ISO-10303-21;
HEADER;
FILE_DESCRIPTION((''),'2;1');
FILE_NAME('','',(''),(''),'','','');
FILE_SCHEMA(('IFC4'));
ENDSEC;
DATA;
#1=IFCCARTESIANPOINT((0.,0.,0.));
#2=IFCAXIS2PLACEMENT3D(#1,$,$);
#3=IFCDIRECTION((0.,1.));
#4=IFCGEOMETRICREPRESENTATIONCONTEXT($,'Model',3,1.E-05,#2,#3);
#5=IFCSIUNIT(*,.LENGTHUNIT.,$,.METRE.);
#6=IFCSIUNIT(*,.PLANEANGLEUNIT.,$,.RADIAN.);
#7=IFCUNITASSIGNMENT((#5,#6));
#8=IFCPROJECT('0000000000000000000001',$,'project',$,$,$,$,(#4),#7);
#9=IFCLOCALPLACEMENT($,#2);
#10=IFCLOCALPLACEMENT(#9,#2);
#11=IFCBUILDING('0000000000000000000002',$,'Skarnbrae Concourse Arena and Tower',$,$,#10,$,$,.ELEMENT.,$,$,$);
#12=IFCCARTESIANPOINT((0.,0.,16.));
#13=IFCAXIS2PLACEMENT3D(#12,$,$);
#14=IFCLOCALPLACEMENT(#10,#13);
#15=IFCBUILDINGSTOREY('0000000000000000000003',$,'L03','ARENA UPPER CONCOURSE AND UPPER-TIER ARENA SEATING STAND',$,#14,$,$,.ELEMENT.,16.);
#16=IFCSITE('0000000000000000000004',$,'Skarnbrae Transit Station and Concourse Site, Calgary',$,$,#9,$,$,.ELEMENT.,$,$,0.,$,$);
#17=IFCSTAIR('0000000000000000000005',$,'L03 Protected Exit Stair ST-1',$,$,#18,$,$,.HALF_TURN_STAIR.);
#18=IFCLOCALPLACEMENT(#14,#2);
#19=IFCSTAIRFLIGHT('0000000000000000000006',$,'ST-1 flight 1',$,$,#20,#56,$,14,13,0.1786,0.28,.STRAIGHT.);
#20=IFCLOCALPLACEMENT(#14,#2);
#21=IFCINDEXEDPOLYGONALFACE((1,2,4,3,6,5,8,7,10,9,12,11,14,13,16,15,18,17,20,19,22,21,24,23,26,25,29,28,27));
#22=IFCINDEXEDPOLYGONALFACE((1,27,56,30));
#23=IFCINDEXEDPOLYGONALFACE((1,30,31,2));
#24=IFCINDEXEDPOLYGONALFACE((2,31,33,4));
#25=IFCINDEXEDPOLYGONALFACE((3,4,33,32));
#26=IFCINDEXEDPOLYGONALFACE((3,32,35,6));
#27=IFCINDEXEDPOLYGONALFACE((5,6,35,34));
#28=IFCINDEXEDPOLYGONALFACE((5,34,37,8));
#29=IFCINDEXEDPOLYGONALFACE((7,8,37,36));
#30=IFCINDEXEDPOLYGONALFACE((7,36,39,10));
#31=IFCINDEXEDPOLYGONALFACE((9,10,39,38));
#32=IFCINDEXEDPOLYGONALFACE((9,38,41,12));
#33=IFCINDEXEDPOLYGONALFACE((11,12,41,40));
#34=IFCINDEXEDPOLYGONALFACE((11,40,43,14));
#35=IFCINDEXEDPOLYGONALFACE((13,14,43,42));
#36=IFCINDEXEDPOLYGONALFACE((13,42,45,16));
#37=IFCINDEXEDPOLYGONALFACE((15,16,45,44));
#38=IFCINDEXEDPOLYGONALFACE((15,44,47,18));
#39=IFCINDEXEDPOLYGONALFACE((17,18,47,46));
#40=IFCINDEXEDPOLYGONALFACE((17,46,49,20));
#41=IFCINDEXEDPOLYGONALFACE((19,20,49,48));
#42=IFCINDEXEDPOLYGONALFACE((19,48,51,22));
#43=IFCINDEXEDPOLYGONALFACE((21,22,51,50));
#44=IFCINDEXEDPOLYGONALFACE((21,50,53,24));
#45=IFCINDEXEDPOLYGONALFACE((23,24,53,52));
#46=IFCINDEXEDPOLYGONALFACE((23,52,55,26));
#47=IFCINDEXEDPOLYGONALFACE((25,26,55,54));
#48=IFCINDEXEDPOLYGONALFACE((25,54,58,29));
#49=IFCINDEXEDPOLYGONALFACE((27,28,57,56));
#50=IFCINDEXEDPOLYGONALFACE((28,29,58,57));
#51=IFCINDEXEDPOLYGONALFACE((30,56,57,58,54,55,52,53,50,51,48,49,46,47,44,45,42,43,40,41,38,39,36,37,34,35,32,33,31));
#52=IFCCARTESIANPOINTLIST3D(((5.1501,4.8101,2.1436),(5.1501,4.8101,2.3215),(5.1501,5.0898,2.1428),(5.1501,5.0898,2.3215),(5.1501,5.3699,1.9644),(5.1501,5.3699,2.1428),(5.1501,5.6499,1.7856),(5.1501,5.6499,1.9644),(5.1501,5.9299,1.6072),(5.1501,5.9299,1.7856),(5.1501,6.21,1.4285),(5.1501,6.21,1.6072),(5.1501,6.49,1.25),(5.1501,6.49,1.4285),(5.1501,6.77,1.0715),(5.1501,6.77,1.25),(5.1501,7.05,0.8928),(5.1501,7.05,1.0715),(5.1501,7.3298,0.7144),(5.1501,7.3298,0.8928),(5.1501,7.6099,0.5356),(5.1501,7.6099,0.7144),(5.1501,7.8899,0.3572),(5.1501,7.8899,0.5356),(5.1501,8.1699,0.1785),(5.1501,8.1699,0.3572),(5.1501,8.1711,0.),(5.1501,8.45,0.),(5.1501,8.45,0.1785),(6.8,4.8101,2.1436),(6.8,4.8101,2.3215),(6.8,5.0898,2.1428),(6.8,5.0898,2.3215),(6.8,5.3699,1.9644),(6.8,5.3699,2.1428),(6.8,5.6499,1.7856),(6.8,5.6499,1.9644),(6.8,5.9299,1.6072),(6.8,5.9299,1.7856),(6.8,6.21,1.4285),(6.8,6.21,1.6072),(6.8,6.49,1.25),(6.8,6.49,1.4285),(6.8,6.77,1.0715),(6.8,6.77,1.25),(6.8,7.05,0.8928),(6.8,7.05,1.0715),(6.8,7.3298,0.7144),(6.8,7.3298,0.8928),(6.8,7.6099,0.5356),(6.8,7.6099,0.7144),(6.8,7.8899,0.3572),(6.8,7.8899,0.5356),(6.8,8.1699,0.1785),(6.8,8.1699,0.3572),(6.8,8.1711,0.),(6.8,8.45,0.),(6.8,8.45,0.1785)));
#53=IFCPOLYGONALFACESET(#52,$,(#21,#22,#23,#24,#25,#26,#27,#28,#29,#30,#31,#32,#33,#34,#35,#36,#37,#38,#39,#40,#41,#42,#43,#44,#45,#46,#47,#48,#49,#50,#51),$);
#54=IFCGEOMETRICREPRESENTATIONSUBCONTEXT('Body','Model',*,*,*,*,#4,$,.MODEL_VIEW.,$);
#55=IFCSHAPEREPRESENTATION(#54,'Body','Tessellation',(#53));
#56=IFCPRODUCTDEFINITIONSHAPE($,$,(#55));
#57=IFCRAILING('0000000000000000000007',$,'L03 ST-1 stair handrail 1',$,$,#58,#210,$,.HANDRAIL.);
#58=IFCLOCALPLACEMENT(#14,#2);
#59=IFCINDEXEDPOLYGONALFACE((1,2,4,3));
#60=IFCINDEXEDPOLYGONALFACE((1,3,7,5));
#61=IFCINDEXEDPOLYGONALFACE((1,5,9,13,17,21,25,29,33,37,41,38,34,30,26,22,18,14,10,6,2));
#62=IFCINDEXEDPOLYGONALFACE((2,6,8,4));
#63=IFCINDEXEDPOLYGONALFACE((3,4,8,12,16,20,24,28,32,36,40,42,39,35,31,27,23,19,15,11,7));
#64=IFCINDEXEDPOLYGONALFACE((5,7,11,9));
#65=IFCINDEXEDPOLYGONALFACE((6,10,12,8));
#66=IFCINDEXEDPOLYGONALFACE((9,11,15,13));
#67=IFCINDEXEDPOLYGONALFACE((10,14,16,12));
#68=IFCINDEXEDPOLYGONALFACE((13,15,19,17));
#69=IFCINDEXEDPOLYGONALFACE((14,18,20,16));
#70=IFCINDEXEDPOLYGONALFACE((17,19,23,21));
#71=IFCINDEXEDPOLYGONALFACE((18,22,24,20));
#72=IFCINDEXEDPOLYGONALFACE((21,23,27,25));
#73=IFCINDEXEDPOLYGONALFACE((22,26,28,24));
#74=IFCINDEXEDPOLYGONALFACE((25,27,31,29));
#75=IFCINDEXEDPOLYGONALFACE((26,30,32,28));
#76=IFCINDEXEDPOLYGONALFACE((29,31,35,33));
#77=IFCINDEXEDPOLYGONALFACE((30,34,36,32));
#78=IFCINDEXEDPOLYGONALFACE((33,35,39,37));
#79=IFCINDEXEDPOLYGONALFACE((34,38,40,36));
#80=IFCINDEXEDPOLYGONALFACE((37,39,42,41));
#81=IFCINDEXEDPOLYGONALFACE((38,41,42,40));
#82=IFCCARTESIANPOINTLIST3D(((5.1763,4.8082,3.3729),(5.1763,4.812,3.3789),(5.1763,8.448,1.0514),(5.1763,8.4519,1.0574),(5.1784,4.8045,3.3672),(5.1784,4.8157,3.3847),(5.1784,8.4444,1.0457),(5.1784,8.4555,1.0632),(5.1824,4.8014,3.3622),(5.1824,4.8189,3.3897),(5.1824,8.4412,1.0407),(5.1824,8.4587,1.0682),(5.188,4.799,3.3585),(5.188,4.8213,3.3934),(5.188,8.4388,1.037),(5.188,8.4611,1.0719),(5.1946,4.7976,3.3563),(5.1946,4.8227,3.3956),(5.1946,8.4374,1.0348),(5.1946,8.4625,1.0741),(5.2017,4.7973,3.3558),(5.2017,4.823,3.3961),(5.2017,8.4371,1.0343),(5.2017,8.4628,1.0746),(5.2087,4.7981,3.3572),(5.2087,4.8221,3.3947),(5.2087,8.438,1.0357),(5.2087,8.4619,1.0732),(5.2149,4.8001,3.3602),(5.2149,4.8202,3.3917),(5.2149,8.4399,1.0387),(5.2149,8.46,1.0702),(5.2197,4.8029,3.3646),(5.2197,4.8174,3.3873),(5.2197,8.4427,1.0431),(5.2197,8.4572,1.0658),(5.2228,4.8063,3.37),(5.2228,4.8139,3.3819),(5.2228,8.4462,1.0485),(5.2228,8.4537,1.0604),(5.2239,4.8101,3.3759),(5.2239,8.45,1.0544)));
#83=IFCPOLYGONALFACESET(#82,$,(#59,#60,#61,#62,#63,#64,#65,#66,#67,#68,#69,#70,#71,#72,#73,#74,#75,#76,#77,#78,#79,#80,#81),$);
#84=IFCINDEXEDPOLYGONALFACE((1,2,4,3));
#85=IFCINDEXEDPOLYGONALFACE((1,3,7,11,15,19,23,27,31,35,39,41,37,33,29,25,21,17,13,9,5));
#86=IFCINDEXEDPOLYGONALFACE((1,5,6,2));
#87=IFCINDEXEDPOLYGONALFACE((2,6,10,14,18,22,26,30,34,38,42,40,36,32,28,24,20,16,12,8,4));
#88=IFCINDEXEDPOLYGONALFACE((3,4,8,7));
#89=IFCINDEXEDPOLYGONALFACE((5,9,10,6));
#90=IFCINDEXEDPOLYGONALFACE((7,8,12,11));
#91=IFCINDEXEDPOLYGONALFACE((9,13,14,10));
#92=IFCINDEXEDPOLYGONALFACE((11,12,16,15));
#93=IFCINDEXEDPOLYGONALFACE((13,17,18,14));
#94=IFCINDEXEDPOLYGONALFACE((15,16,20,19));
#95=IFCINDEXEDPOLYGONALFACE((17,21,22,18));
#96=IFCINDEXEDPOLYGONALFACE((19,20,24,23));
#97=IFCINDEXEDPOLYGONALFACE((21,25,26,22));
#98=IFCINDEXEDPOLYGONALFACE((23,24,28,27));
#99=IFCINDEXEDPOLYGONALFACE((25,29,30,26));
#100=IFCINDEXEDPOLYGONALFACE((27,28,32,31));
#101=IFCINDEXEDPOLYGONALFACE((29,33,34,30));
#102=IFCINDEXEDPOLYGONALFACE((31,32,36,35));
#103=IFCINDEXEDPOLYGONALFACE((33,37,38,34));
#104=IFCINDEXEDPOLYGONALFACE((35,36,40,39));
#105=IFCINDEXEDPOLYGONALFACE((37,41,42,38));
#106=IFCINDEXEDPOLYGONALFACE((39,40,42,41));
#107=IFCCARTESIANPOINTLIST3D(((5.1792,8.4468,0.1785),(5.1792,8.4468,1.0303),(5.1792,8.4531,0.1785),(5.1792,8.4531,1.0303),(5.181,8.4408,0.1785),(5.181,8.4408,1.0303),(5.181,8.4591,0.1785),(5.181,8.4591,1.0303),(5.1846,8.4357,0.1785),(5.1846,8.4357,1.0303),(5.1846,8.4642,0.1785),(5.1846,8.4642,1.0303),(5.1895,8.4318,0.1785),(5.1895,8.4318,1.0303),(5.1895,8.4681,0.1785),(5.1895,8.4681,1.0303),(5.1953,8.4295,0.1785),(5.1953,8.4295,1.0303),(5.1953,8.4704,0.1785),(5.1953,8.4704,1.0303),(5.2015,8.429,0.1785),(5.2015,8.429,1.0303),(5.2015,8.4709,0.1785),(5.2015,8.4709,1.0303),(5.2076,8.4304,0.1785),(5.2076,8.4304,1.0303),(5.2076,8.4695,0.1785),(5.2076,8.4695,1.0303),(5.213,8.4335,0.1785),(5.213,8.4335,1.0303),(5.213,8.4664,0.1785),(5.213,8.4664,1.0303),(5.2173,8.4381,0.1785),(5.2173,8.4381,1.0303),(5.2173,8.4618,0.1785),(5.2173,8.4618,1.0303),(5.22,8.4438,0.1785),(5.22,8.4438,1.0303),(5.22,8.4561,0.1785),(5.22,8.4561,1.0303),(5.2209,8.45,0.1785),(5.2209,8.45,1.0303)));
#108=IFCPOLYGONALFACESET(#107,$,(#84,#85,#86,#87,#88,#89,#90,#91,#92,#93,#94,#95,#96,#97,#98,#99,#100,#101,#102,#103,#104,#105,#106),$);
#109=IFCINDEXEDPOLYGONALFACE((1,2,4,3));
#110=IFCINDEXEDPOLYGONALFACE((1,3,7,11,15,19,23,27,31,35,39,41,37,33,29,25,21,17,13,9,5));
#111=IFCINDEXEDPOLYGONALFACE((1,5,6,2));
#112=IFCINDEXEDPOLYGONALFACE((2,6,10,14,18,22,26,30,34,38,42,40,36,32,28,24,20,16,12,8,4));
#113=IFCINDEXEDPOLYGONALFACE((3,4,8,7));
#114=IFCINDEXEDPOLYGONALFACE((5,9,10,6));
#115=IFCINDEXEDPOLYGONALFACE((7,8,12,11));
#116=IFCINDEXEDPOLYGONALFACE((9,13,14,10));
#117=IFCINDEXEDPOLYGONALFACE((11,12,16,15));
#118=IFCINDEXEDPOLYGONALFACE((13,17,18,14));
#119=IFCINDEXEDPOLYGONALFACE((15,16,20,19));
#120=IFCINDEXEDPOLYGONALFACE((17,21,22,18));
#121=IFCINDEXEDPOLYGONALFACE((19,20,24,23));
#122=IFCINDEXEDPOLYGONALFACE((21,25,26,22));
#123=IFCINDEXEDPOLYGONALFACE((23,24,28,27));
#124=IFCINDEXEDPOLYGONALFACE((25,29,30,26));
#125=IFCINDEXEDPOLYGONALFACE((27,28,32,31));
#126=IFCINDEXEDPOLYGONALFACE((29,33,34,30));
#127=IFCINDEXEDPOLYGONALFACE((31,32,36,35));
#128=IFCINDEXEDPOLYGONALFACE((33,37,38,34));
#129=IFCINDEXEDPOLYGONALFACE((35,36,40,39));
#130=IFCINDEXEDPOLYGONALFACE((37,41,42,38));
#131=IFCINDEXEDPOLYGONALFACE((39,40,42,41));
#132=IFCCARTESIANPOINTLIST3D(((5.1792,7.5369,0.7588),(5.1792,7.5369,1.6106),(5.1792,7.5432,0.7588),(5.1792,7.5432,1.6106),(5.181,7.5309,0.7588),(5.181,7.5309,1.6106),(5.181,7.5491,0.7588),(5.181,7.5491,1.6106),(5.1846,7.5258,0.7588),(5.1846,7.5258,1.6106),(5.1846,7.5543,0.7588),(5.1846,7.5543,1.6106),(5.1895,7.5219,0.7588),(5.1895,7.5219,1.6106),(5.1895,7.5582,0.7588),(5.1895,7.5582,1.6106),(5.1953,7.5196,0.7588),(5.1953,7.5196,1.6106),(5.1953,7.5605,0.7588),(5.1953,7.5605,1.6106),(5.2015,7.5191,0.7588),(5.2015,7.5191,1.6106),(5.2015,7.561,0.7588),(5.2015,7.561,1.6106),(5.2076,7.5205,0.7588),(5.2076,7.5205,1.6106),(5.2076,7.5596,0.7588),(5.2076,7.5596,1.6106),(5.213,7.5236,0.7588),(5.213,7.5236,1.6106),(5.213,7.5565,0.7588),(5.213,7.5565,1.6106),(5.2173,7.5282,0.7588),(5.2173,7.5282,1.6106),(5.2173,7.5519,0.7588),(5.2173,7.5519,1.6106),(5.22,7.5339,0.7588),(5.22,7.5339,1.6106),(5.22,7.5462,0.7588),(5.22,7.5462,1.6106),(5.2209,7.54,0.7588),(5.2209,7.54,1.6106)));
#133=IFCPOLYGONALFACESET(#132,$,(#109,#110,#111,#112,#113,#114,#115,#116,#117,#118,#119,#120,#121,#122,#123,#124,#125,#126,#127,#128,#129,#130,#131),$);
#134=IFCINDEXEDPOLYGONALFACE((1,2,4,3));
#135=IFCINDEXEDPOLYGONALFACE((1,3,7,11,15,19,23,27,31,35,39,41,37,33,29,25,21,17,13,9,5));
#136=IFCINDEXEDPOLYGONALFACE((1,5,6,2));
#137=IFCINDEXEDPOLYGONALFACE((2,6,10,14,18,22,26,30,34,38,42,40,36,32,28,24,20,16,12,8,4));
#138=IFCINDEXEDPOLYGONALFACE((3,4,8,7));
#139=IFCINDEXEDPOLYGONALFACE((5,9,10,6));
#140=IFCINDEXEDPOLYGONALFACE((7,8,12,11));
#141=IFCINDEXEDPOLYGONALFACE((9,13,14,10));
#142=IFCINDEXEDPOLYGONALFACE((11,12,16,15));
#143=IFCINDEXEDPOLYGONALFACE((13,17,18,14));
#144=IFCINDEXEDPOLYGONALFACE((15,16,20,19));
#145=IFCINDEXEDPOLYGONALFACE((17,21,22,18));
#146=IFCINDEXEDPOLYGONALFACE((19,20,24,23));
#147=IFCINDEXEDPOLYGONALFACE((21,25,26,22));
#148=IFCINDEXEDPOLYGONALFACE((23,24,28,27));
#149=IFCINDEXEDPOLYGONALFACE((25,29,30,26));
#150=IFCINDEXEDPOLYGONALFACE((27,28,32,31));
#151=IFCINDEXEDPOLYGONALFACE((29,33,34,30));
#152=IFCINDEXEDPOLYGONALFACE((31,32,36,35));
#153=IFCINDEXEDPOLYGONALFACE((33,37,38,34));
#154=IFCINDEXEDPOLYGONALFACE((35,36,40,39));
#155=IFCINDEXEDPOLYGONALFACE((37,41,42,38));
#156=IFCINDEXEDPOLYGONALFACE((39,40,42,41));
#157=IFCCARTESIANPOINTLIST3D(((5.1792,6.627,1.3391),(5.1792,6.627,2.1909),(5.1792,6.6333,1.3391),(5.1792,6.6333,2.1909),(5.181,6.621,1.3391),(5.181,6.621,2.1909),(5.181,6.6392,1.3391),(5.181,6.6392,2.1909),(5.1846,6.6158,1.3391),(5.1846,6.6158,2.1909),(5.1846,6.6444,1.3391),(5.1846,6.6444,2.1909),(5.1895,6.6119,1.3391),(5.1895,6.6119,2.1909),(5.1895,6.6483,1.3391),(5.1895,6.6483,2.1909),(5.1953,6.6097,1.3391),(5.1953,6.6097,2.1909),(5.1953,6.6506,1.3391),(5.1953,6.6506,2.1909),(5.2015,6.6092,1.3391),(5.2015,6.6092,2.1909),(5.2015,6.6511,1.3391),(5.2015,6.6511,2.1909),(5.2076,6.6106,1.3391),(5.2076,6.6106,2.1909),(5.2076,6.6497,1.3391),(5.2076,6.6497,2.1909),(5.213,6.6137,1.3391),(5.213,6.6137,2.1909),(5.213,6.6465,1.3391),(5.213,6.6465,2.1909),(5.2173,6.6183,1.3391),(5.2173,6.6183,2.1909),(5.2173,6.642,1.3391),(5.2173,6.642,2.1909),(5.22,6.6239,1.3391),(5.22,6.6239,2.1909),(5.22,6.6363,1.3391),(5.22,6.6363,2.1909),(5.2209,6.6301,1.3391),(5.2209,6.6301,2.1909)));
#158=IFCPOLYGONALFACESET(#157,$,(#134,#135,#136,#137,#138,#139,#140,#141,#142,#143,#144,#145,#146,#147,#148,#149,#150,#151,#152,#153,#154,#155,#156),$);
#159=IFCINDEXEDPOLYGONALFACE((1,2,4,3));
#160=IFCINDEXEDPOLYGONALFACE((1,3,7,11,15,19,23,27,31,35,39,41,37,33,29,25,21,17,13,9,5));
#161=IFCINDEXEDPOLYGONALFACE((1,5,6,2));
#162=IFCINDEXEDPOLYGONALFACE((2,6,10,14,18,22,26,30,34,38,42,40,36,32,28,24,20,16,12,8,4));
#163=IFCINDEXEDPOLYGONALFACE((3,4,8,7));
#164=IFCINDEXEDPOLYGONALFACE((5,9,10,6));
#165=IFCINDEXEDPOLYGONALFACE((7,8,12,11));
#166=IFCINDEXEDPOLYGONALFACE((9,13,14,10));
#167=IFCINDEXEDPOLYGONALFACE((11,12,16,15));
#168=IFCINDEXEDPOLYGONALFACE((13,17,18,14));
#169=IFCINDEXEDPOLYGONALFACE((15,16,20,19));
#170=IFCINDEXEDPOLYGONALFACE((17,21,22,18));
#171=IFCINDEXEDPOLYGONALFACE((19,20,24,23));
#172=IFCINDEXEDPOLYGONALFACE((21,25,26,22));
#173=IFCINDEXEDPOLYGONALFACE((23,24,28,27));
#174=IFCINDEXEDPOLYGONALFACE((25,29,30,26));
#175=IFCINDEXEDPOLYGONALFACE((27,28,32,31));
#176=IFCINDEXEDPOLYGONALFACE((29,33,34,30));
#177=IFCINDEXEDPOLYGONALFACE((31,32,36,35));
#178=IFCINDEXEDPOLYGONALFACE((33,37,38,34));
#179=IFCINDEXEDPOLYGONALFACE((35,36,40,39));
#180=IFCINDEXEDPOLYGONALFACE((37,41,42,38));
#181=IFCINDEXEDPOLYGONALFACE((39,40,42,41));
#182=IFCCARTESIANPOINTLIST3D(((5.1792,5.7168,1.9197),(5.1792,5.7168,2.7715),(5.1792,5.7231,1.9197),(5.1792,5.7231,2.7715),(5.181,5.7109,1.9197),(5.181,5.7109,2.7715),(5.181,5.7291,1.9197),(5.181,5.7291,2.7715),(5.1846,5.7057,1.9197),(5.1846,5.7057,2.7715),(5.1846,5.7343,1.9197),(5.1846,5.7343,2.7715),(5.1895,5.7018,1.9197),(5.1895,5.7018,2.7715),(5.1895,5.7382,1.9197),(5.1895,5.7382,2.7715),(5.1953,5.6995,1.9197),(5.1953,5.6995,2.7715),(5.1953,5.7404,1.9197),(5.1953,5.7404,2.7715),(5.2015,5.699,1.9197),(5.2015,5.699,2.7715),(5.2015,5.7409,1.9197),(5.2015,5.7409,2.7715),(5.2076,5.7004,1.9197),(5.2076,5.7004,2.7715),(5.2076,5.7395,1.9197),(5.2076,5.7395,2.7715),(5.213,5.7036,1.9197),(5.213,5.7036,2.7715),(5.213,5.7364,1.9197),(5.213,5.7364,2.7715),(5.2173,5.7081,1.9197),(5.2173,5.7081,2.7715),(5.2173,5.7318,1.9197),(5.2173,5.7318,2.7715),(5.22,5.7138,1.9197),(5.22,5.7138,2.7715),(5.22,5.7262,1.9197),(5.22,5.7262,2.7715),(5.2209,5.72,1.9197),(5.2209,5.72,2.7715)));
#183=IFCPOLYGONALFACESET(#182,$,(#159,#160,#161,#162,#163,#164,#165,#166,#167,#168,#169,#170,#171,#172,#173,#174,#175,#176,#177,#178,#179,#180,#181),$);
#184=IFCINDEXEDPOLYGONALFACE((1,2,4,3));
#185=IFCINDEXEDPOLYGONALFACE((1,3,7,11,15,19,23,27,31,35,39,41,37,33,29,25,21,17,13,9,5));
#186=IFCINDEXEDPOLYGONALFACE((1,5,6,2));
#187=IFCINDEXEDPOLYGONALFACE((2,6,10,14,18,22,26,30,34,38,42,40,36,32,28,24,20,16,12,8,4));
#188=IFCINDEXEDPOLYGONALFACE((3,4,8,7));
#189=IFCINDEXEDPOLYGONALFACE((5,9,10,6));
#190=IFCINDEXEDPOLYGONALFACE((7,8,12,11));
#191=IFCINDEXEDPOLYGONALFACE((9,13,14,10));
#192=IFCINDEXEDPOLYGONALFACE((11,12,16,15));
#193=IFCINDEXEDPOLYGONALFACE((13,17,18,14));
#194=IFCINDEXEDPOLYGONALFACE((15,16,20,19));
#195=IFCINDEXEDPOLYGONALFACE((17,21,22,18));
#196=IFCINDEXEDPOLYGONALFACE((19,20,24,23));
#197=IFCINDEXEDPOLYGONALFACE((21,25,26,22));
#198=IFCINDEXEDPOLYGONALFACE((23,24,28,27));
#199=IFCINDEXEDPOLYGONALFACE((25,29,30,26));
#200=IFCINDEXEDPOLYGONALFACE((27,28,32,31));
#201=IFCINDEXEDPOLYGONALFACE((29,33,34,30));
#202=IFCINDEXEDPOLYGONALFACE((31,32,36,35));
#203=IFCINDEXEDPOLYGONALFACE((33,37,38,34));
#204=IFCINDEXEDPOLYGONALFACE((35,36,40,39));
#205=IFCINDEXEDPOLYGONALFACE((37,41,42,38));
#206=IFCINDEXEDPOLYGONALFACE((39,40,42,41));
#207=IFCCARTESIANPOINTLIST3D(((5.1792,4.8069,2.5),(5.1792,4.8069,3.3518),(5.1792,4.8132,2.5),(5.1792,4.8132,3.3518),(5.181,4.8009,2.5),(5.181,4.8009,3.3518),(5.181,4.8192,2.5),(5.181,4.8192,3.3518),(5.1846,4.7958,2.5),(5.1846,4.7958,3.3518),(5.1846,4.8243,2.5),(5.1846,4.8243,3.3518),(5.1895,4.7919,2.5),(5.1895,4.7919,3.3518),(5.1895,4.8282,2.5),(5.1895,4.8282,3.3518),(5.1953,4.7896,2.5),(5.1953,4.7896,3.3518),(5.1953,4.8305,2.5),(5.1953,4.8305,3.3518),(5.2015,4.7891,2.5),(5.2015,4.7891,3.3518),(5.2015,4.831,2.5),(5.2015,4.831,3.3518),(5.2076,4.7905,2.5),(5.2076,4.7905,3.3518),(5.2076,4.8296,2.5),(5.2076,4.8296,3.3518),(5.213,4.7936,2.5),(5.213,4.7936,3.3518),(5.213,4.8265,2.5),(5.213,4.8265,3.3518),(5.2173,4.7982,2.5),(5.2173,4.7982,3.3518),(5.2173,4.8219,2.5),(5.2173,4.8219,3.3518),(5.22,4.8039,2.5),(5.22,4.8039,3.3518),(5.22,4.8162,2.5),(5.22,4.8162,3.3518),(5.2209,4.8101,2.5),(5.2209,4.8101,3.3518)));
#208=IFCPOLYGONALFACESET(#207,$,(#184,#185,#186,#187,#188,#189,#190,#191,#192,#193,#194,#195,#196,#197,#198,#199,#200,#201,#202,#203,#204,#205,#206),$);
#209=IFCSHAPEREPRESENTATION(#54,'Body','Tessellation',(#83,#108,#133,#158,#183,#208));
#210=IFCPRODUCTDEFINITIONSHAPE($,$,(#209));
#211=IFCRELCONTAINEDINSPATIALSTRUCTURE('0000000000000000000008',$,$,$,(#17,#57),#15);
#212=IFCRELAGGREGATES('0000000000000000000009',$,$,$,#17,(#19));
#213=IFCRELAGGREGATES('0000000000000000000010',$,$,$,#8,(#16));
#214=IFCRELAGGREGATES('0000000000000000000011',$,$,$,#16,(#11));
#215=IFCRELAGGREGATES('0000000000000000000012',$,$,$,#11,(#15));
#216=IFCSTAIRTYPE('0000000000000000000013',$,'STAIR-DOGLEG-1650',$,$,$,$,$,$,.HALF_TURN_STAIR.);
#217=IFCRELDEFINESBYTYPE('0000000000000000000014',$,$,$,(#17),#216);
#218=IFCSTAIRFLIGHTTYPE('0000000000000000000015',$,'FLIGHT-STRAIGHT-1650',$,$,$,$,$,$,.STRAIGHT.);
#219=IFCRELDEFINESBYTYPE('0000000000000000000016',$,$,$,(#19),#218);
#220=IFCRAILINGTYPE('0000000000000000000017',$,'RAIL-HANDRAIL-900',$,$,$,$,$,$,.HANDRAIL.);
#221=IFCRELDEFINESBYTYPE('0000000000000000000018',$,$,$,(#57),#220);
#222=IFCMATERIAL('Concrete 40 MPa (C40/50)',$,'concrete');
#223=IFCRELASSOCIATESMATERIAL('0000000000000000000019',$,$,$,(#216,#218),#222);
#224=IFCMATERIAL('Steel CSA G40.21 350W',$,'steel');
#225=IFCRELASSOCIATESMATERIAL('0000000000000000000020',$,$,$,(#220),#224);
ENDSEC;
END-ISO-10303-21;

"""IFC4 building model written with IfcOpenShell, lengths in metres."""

from ifc_helpers import new_model, si_unit, direction, frame, origin, origin_2d, place, context, subcontext, project, spatial, polyline, circle, outline, extrude, source, transform, mapped, material, type_object, element, aggregate, save


model = new_model("IFC4")

# Units and contexts
model_context = context("Model", 3, precision=1e-05, world=origin(), true_north=direction((0.0, 1.0)))
body_context = subcontext(model_context, "Body", "Model", "MODEL_VIEW")
ifc_project = project(units=[si_unit("LENGTHUNIT", "METRE"), si_unit("PLANEANGLEUNIT", "RADIAN")], contexts=[model_context])

# Site, building, storey
site_placement = place(None, origin())
site = spatial("IfcSite", under=ifc_project, at=site_placement, Name="Skarnbrae Transit Station and Concourse Site, Calgary", CompositionType="ELEMENT", RefElevation=0.0)
building_placement = place(site_placement, origin())
building = spatial("IfcBuilding", under=site, at=building_placement, Name="Skarnbrae Concourse Arena and Tower", CompositionType="ELEMENT")
storey_placement = place(building_placement, frame((0.0, 0.0, 16.0)))
storey = spatial("IfcBuildingStorey", under=building, at=storey_placement, Name="L03", Description="ARENA UPPER CONCOURSE AND UPPER-TIER ARENA SEATING STAND", CompositionType="ELEMENT", Elevation=16.0)

# Shared definitions
ifc_material_1 = material(Name="Steel CSA G40.21 350W", Category="steel")

# Stair, stair flight
ifc_material_2 = material(Name="Concrete 40 MPa (C40/50)", Category="concrete")
stair_type = type_object("IfcStairType", Name="STAIR-DOGLEG-1650", PredefinedType="HALF_TURN_STAIR", material=ifc_material_2)
stair_placement = place(storey_placement, origin())
stair = element("IfcStair", 1, at=stair_placement, inside=storey, type_object=stair_type, Name="L03 Protected Exit Stair ST-1", PredefinedType="HALF_TURN_STAIR")
stair_flight_type = type_object("IfcStairFlightType", Name="FLIGHT-STRAIGHT-1650", PredefinedType="STRAIGHT", material=ifc_material_2)
shared_shape_1 = source(origin(), body_context, "Body", "SweptSolid", [
    extrude(outline(polyline([(0.0, 0.0), (0.0, 0.1785), (0.28, 0.1785), (0.28, 0.3572), (0.5601, 0.3572), (0.5601, 0.5356), (0.8401, 0.5356), (0.8401, 0.7144), (1.1201, 0.7144), (1.1201, 0.8928), (1.3999, 0.8928), (1.3999, 1.0715), (1.6799, 1.0715), (1.6799, 1.25), (1.96, 1.25), (1.96, 1.4285), (2.24, 1.4285), (2.24, 1.6072), (2.52, 1.6072), (2.52, 1.7856), (2.8, 1.7856), (2.8, 1.9644), (3.0801, 1.9644), (3.0801, 2.1428), (3.3601, 2.1428), (3.3601, 2.3215), (3.6399, 2.3215), (3.6399, 2.5), (3.6399, 2.1436), (0.2788, 0.0), (0.0, 0.0)])), frame((0.0, 0.825, 0.0), z_axis=(0.0, -1.0, 0.0), x_axis=(1.0, 0.0, 0.0)), (0.0, 0.0, 1.0), 1.6499),
])
stair_flight_placement = place(storey_placement, frame((5.9751, 8.45, 0.0), z_axis=(0.0, 0.0, 1.0), x_axis=(0.0, -1.0, 0.0)))
stair_flight = element("IfcStairFlight", 2, at=stair_flight_placement, type_object=stair_flight_type, Name="ST-1 flight 1", NumberOfRisers=14, NumberOfTreads=13, PredefinedType="STRAIGHT", RiserHeight=0.1786, TreadLength=0.28, context=body_context, shape_type="MappedRepresentation", body=[
    mapped(shared_shape_1, transform((0.0, 0.0, 0.0))),
])
aggregate(stair, [stair_flight])

# Railing
railing_type_1 = type_object("IfcRailingType", Name="RAIL-HANDRAIL-900", PredefinedType="HANDRAIL", material=ifc_material_1)
railing_1_placement = place(storey_placement, frame((5.2, 8.45, 0.1785)))
element("IfcRailing", 3, at=railing_1_placement, inside=storey, type_object=railing_type_1, Name="L03 ST-1 stair handrail 1", PredefinedType="HANDRAIL", context=body_context, shape_type="SweptSolid", body=[
    extrude(circle(Radius=0.0239, at=origin_2d()), frame((0.0, 0.0, 0.876), z_axis=(0.0, -0.843112, 0.537739), x_axis=(1.0, 0.0, 0.0)), (0.0, 0.0, 1.0), 4.3171),
    extrude(circle(Radius=0.021, at=origin_2d()), origin(), (0.0, 0.0, 1.0), 0.8518),
    extrude(circle(Radius=0.021, at=origin_2d()), frame((0.0, -0.9099, 0.5803)), (0.0, 0.0, 1.0), 0.8518),
    extrude(circle(Radius=0.021, at=origin_2d()), frame((0.0, -1.8198, 1.1606)), (0.0, 0.0, 1.0), 0.8518),
    extrude(circle(Radius=0.021, at=origin_2d()), frame((0.0, -2.73, 1.7412)), (0.0, 0.0, 1.0), 0.8518),
    extrude(circle(Radius=0.021, at=origin_2d()), frame((0.0, -3.6399, 2.3215)), (0.0, 0.0, 1.0), 0.8518),
])

save(model, "model.ifc")
